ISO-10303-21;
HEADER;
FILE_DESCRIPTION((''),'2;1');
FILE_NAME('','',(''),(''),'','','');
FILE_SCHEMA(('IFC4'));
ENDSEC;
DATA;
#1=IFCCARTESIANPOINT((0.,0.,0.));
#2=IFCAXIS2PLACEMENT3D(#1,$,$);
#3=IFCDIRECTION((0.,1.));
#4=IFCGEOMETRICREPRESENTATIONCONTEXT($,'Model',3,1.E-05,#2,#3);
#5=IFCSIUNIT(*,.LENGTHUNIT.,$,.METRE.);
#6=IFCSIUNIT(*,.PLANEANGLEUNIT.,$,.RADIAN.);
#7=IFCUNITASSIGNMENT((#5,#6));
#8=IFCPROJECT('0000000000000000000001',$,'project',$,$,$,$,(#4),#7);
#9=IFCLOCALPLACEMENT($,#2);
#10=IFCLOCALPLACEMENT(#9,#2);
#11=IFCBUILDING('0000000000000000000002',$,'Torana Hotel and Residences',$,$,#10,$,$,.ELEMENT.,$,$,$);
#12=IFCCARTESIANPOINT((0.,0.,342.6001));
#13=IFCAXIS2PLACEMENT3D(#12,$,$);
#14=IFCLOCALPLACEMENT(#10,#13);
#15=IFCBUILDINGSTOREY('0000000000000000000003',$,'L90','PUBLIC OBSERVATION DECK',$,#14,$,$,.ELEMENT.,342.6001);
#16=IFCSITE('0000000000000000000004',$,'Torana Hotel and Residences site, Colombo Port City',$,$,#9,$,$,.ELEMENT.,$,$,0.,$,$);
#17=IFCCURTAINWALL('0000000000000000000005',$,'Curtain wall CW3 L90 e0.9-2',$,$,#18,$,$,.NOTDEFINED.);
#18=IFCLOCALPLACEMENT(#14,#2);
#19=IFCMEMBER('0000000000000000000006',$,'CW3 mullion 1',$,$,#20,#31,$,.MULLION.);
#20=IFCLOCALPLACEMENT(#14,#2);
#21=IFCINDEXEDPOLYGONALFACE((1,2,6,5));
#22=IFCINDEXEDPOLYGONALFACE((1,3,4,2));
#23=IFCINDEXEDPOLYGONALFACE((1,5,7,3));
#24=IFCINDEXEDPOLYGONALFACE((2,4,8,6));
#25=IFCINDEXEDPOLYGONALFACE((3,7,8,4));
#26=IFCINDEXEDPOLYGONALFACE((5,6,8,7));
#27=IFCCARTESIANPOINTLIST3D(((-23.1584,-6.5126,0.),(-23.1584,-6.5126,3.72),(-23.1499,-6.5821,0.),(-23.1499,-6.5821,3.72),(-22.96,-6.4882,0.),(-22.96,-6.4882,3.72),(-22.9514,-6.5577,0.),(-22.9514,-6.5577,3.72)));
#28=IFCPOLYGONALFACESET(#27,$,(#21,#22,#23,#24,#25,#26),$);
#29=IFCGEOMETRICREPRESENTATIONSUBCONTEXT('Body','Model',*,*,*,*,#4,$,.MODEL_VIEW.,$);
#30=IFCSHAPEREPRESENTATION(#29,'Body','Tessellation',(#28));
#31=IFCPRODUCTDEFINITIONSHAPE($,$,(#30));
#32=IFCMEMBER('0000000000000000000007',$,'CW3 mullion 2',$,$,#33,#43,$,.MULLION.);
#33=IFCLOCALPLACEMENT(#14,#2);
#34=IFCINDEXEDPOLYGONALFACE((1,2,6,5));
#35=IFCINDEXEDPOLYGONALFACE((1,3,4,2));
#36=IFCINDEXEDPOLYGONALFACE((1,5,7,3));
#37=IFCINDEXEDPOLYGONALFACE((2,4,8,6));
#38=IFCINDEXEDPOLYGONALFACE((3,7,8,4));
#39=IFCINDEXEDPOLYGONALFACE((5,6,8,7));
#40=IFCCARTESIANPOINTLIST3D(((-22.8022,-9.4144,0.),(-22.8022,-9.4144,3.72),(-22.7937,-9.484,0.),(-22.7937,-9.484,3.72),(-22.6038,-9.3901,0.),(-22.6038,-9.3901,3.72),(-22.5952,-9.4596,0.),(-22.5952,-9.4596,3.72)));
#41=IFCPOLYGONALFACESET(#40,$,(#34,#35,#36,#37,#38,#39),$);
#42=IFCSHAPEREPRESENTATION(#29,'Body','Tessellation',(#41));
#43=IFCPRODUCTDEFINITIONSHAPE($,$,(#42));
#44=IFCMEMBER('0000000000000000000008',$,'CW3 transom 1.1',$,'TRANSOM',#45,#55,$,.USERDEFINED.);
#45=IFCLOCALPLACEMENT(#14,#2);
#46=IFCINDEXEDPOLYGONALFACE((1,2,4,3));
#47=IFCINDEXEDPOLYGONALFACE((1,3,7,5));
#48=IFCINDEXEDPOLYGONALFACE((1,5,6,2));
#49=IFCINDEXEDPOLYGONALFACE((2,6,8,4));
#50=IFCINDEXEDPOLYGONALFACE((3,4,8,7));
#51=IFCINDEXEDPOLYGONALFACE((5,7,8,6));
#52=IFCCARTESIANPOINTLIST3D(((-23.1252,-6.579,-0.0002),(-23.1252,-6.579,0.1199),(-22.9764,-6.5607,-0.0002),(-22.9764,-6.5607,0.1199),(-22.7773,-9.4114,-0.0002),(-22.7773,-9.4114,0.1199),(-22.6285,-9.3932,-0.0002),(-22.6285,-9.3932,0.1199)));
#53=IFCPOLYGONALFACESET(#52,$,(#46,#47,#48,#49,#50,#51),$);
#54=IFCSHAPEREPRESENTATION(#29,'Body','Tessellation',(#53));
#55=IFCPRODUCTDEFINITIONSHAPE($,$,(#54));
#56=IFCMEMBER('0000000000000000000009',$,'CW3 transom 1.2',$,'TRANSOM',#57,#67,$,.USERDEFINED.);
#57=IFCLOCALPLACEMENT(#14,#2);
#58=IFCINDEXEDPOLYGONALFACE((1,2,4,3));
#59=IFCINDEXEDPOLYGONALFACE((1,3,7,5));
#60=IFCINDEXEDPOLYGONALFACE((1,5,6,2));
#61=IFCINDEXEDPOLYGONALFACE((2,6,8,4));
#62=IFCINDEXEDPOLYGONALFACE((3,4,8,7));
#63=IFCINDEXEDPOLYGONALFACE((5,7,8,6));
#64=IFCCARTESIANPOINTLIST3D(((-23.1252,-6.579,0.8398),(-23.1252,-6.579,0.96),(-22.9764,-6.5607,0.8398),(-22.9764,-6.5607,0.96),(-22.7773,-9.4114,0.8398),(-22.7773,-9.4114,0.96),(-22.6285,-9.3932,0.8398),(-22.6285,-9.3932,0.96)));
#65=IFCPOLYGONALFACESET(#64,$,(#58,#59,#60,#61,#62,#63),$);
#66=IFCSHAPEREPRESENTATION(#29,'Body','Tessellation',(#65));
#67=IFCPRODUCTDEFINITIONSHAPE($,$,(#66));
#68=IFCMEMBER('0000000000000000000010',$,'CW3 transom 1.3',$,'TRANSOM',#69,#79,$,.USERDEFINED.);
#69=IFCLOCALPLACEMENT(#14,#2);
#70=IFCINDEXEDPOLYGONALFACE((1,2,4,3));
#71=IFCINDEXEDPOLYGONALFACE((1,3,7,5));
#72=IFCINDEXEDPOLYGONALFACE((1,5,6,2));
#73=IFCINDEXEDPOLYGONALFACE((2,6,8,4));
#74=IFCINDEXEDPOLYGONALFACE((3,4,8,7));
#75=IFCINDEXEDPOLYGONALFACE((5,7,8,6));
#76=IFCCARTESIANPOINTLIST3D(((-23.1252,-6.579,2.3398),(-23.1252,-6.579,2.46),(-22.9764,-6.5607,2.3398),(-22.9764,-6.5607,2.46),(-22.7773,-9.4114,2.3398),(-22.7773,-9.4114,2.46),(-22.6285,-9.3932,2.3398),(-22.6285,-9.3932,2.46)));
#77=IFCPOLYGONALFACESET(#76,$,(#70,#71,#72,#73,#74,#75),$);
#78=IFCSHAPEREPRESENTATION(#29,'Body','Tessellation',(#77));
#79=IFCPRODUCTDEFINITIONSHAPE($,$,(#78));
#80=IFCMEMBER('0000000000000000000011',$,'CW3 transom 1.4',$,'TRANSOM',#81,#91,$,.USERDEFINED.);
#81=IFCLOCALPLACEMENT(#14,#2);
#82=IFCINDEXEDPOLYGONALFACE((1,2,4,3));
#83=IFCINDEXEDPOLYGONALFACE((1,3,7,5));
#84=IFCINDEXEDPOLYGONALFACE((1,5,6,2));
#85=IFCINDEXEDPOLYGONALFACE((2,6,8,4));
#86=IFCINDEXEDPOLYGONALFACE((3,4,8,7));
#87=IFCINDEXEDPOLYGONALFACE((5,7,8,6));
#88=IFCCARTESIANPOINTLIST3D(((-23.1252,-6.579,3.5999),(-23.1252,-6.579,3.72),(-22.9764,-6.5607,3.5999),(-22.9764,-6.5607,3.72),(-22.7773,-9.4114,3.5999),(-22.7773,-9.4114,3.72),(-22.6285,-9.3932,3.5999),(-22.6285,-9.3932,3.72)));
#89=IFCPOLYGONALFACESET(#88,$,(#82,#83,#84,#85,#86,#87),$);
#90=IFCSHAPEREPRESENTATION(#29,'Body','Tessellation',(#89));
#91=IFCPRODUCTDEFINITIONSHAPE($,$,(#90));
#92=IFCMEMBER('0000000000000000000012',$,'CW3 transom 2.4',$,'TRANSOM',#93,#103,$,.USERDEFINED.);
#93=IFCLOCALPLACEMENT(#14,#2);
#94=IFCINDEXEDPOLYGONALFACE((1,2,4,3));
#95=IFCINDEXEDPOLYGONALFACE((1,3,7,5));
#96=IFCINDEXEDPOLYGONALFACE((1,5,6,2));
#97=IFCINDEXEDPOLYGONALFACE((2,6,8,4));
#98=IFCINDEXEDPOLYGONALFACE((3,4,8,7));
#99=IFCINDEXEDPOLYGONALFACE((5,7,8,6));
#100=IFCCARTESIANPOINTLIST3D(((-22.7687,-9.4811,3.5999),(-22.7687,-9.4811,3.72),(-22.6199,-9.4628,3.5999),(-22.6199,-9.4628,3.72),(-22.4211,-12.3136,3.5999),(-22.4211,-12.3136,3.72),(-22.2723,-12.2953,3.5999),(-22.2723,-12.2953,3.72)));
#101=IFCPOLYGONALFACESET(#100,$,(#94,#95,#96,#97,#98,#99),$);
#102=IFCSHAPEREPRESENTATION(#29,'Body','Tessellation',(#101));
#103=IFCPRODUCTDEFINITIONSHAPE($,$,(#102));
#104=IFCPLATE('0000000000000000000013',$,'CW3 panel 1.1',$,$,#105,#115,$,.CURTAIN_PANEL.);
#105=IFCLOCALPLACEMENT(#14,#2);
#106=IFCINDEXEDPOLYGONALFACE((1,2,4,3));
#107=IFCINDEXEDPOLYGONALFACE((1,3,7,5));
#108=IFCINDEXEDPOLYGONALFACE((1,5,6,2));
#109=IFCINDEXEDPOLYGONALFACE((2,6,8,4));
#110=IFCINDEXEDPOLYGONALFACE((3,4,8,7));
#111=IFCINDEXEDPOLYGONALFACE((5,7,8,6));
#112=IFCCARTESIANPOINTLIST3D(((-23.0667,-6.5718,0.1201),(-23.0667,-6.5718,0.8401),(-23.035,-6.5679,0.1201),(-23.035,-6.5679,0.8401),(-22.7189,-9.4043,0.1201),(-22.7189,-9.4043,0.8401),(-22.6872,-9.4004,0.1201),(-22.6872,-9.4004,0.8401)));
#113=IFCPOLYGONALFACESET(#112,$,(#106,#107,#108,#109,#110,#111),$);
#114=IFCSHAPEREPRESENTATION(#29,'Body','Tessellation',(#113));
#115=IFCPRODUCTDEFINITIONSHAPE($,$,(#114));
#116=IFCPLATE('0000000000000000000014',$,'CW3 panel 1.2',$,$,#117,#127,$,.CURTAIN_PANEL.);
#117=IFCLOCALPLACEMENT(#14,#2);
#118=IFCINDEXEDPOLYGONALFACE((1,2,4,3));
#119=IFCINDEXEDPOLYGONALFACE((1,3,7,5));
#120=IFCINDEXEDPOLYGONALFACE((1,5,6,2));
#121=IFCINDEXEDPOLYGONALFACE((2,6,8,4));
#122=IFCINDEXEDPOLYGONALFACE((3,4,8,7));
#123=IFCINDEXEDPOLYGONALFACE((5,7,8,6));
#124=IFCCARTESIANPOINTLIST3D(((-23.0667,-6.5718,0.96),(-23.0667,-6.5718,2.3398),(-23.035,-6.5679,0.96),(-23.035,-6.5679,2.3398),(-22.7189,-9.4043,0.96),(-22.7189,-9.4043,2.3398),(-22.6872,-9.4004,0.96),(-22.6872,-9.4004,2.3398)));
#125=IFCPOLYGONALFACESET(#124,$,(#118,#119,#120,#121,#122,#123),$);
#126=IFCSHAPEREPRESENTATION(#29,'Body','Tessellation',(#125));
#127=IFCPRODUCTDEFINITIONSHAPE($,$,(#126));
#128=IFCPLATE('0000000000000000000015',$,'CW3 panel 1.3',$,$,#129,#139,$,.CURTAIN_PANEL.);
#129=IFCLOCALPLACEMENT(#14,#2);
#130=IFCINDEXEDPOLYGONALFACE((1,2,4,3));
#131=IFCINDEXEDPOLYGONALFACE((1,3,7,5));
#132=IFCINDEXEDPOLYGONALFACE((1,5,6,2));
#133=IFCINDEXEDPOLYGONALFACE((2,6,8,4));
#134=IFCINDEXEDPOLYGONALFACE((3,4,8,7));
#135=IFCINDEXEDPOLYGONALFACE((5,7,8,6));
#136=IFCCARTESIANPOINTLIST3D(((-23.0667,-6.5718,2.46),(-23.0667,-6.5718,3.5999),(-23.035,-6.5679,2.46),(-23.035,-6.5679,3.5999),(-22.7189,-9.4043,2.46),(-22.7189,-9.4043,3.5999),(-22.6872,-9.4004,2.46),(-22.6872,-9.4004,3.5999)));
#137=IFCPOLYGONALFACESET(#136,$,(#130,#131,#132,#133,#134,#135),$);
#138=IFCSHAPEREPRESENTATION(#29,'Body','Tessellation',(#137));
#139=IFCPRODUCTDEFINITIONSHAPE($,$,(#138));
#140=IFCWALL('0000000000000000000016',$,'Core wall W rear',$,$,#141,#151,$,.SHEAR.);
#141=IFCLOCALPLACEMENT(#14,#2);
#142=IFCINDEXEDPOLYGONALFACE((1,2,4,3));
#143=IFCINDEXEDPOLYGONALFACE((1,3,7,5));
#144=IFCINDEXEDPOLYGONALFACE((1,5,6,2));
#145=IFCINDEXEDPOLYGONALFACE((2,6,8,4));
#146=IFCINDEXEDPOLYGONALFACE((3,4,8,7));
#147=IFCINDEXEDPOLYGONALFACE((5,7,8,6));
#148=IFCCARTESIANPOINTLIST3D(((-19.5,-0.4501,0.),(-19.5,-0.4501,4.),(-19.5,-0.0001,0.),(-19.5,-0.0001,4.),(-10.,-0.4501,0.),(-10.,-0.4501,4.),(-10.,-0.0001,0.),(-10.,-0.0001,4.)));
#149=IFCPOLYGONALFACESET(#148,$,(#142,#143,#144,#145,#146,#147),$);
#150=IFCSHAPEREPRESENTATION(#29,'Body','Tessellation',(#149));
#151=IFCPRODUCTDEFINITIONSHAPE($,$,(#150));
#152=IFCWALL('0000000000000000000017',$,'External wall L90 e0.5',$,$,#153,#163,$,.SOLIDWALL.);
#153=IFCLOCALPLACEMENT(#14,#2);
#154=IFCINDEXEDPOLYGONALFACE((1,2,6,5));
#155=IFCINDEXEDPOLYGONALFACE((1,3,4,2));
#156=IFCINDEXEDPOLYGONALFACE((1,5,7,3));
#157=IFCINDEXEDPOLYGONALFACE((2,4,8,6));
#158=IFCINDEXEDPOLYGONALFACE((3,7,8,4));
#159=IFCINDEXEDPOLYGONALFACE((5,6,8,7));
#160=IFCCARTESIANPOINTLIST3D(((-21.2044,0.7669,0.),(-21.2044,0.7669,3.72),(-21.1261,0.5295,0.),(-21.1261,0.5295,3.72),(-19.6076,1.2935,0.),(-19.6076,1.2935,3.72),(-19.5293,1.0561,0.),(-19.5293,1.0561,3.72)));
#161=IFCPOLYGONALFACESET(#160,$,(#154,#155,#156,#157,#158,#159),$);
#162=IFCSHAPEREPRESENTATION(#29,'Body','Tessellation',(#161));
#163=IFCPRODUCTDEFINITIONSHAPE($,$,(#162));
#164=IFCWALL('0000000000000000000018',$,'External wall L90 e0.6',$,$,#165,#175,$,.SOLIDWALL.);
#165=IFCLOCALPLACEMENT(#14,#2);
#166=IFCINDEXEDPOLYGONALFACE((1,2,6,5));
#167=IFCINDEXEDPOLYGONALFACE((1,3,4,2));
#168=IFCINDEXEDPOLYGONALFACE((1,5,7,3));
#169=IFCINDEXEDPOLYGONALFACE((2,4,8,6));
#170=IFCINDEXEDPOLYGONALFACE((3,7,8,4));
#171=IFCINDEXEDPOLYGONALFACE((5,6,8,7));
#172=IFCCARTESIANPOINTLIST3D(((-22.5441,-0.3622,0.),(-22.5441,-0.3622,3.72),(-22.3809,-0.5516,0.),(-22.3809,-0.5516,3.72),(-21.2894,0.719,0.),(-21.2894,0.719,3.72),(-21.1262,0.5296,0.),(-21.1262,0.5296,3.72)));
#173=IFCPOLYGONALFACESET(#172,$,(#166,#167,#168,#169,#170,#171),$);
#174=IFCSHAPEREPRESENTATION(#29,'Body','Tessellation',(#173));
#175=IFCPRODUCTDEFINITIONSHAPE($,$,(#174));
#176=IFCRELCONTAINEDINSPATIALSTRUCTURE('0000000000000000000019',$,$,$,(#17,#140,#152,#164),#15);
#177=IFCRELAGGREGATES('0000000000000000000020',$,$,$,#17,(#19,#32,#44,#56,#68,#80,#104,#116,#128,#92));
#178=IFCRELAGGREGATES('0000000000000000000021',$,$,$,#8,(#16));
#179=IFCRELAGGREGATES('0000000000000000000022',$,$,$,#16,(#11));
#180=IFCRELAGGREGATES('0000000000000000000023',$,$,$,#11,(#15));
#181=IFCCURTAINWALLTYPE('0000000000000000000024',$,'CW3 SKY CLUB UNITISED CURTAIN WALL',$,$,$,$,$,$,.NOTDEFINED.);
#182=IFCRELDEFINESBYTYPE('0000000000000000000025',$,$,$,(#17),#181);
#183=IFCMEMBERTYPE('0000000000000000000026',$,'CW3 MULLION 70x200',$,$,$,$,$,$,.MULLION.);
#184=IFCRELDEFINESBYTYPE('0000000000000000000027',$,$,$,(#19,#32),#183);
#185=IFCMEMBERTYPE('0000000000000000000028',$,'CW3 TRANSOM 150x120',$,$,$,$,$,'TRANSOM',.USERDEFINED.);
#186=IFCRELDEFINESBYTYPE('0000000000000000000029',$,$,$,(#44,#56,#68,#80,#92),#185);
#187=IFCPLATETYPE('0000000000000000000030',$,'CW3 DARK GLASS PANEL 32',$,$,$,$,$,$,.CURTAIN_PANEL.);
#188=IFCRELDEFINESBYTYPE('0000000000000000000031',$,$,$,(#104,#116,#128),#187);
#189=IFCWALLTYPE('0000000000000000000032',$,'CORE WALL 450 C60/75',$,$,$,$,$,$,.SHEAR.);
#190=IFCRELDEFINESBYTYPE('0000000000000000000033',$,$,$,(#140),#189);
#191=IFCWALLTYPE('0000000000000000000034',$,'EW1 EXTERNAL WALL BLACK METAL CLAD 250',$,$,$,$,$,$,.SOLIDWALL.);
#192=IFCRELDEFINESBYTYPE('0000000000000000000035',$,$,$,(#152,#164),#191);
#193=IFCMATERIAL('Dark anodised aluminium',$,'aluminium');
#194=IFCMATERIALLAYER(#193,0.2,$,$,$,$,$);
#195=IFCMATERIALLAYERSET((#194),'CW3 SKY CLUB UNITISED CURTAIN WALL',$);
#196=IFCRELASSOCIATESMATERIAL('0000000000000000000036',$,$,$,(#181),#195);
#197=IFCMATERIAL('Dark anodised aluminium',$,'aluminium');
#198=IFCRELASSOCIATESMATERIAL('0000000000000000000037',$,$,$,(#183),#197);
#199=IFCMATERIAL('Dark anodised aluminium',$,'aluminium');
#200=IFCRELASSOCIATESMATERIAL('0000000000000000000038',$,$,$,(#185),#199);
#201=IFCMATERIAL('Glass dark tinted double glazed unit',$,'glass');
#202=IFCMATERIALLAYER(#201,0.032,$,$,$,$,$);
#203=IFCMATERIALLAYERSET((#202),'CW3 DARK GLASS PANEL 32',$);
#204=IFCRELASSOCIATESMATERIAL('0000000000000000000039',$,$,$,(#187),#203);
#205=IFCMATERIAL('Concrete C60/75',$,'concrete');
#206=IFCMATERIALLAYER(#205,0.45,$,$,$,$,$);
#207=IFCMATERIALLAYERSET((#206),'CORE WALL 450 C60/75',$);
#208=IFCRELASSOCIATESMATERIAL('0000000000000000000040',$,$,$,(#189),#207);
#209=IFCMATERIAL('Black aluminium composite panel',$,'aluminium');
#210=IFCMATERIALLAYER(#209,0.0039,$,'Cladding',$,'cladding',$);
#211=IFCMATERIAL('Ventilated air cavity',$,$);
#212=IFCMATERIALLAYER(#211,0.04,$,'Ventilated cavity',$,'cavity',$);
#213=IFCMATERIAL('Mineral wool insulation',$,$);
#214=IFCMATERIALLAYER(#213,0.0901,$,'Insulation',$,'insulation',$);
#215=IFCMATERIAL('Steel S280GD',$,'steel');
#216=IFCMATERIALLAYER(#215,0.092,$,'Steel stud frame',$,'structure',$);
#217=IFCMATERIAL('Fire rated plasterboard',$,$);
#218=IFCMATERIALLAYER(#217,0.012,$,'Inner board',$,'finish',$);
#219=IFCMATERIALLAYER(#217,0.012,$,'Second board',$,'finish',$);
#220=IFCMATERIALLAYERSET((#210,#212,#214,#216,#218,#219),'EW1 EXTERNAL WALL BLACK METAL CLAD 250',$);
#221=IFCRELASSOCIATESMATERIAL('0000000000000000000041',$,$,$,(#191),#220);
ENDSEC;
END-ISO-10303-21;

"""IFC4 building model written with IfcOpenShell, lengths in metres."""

from ifc_helpers import new_model, si_unit, direction, frame, frame_2d, origin, origin_2d, place, context, subcontext, project, spatial, rectangle, extrude, material, layer, layer_set, material_profile, profile_set, type_object, element, aggregate, save


model = new_model("IFC4")

# Units and contexts
model_context = context("Model", 3, precision=1e-05, world=origin(), true_north=direction((0.0, 1.0)))
body_context = subcontext(model_context, "Body", "Model", "MODEL_VIEW")
ifc_project = project(units=[si_unit("LENGTHUNIT", "METRE"), si_unit("PLANEANGLEUNIT", "RADIAN")], contexts=[model_context])

# Site, building, storey
site_placement = place(None, origin())
site = spatial("IfcSite", under=ifc_project, at=site_placement, Name="Torana Hotel and Residences site, Colombo Port City", CompositionType="ELEMENT", RefElevation=0.0)
building_placement = place(site_placement, origin())
building = spatial("IfcBuilding", under=site, at=building_placement, Name="Torana Hotel and Residences", CompositionType="ELEMENT")
storey_placement = place(building_placement, frame((0.0, 0.0, 342.6001)))
storey = spatial("IfcBuildingStorey", under=building, at=storey_placement, Name="L90", Description="PUBLIC OBSERVATION DECK", CompositionType="ELEMENT", Elevation=342.6001)

# Curtain wall, members, plates
ifc_material_1 = material(Name="Dark anodised aluminium", Category="aluminium")
ifc_layer_1 = layer(ifc_material_1, 0.2)
ifc_layer_set_1 = layer_set([ifc_layer_1], Name="CW3 SKY CLUB UNITISED CURTAIN WALL")
curtain_wall_type = type_object("IfcCurtainWallType", Name="CW3 SKY CLUB UNITISED CURTAIN WALL", PredefinedType="NOTDEFINED", material=ifc_layer_set_1)
curtain_wall_placement = place(storey_placement, origin())
curtain_wall = element("IfcCurtainWall", 1, at=curtain_wall_placement, inside=storey, type_object=curtain_wall_type, Name="Curtain wall CW3 L90 e0.9-2", PredefinedType="NOTDEFINED")
ifc_material_2 = material(Name="Dark anodised aluminium", Category="aluminium")
ifc_material_profile_1 = material_profile(ifc_material_2, rectangle(XDim=0.2, YDim=0.0701, at=origin_2d()), Name="CW3 MULLION 70x200")
ifc_profile_set_1 = profile_set([ifc_material_profile_1], Name="Dark anodised aluminium")
member_type_1 = type_object("IfcMemberType", Name="CW3 MULLION 70x200", PredefinedType="MULLION", material=ifc_profile_set_1)
member_1_placement = place(storey_placement, frame((-23.0549, -6.5352, 0.0), z_axis=(0.0, 0.0, 1.0), x_axis=(0.992545, 0.121876, 0.0)))
member_1 = element("IfcMember", 2, at=member_1_placement, type_object=member_type_1, Name="CW3 mullion 1", PredefinedType="MULLION", context=body_context, shape_type="SweptSolid", body=[
    extrude(rectangle(XDim=0.2, YDim=0.0701, at=origin_2d()), origin(), (0.0, 0.0, 1.0), 3.72),
])
member_2_placement = place(storey_placement, frame((-22.6987, -9.437, 0.0), z_axis=(0.0, 0.0, 1.0), x_axis=(0.992545, 0.121876, 0.0)))
member_2 = element("IfcMember", 3, at=member_2_placement, type_object=member_type_1, Name="CW3 mullion 2", PredefinedType="MULLION", context=body_context, shape_type="SweptSolid", body=[
    extrude(rectangle(XDim=0.2, YDim=0.0701, at=origin_2d()), origin(), (0.0, 0.0, 1.0), 3.72),
])
ifc_material_3 = material(Name="Dark anodised aluminium", Category="aluminium")
ifc_material_profile_2 = material_profile(ifc_material_3, rectangle(XDim=0.1499, YDim=0.1201, at=origin_2d()), Name="CW3 TRANSOM 150x120")
ifc_profile_set_2 = profile_set([ifc_material_profile_2], Name="Dark anodised aluminium")
member_type_2 = type_object("IfcMemberType", Name="CW3 TRANSOM 150x120", ElementType="TRANSOM", PredefinedType="USERDEFINED", material=ifc_profile_set_2)
member_3_placement = place(storey_placement, frame((-23.0508, -6.5698, 0.0598), z_axis=(0.121908, -0.992541, 0.0), x_axis=(0.992541, 0.121908, 0.0)))
member_3 = element("IfcMember", 4, at=member_3_placement, type_object=member_type_2, Name="CW3 transom 1.1", ObjectType="TRANSOM", PredefinedType="USERDEFINED", context=body_context, shape_type="SweptSolid", body=[
    extrude(rectangle(XDim=0.1499, YDim=0.1201, at=origin_2d()), origin(), (0.0, 0.0, 1.0), 2.8538),
])
member_4_placement = place(storey_placement, frame((-23.0508, -6.5698, 0.8999), z_axis=(0.121908, -0.992541, 0.0), x_axis=(0.992541, 0.121908, 0.0)))
member_4 = element("IfcMember", 5, at=member_4_placement, type_object=member_type_2, Name="CW3 transom 1.2", ObjectType="TRANSOM", PredefinedType="USERDEFINED", context=body_context, shape_type="SweptSolid", body=[
    extrude(rectangle(XDim=0.1499, YDim=0.1201, at=origin_2d()), origin(), (0.0, 0.0, 1.0), 2.8538),
])
member_5_placement = place(storey_placement, frame((-23.0508, -6.5698, 2.3999), z_axis=(0.121908, -0.992541, 0.0), x_axis=(0.992541, 0.121908, 0.0)))
member_5 = element("IfcMember", 6, at=member_5_placement, type_object=member_type_2, Name="CW3 transom 1.3", ObjectType="TRANSOM", PredefinedType="USERDEFINED", context=body_context, shape_type="SweptSolid", body=[
    extrude(rectangle(XDim=0.1499, YDim=0.1201, at=origin_2d()), origin(), (0.0, 0.0, 1.0), 2.8538),
])
member_6_placement = place(storey_placement, frame((-23.0508, -6.5698, 3.6599), z_axis=(0.121908, -0.992541, 0.0), x_axis=(0.992541, 0.121908, 0.0)))
member_6 = element("IfcMember", 7, at=member_6_placement, type_object=member_type_2, Name="CW3 transom 1.4", ObjectType="TRANSOM", PredefinedType="USERDEFINED", context=body_context, shape_type="SweptSolid", body=[
    extrude(rectangle(XDim=0.1499, YDim=0.1201, at=origin_2d()), origin(), (0.0, 0.0, 1.0), 2.8538),
])
member_7_placement = place(storey_placement, frame((-22.6943, -9.4719, 3.6599), z_axis=(0.121823, -0.992552, 0.0), x_axis=(0.992552, 0.121823, 0.0)))
member_7 = element("IfcMember", 8, at=member_7_placement, type_object=member_type_2, Name="CW3 transom 2.4", ObjectType="TRANSOM", PredefinedType="USERDEFINED", context=body_context, shape_type="SweptSolid", body=[
    extrude(rectangle(XDim=0.1499, YDim=0.1201, at=origin_2d()), origin(), (0.0, 0.0, 1.0), 2.8538),
])
ifc_material_4 = material(Name="Glass dark tinted double glazed unit", Category="glass")
ifc_layer_2 = layer(ifc_material_4, 0.032)
ifc_layer_set_2 = layer_set([ifc_layer_2], Name="CW3 DARK GLASS PANEL 32")
plate_type = type_object("IfcPlateType", Name="CW3 DARK GLASS PANEL 32", PredefinedType="CURTAIN_PANEL", material=ifc_layer_set_2)
plate_1_placement = place(storey_placement, frame((-22.877, -7.9861, 0.1201), z_axis=(0.0, 0.0, 1.0), x_axis=(0.121876, -0.992545, 0.0)))
plate_1 = element("IfcPlate", 9, at=plate_1_placement, type_object=plate_type, Name="CW3 panel 1.1", PredefinedType="CURTAIN_PANEL", context=body_context, shape_type="SweptSolid", body=[
    extrude(rectangle(XDim=2.8538, YDim=0.032, at=origin_2d()), origin(), (0.0, 0.0, 1.0), 0.72),
])
plate_2_placement = place(storey_placement, frame((-22.877, -7.9861, 0.96), z_axis=(0.0, 0.0, 1.0), x_axis=(0.121876, -0.992545, 0.0)))
plate_2 = element("IfcPlate", 10, at=plate_2_placement, type_object=plate_type, Name="CW3 panel 1.2", PredefinedType="CURTAIN_PANEL", context=body_context, shape_type="SweptSolid", body=[
    extrude(rectangle(XDim=2.8538, YDim=0.032, at=origin_2d()), origin(), (0.0, 0.0, 1.0), 1.3799),
])
plate_3_placement = place(storey_placement, frame((-22.877, -7.9861, 2.46), z_axis=(0.0, 0.0, 1.0), x_axis=(0.121876, -0.992545, 0.0)))
plate_3 = element("IfcPlate", 11, at=plate_3_placement, type_object=plate_type, Name="CW3 panel 1.3", PredefinedType="CURTAIN_PANEL", context=body_context, shape_type="SweptSolid", body=[
    extrude(rectangle(XDim=2.8538, YDim=0.032, at=origin_2d()), origin(), (0.0, 0.0, 1.0), 1.1399),
])
aggregate(curtain_wall, [member_1, member_2, member_3, member_4, member_5, member_6, plate_1, plate_2, plate_3, member_7])

# Walls
ifc_material_5 = material(Name="Concrete C60/75", Category="concrete")
ifc_layer_3 = layer(ifc_material_5, 0.45)
ifc_layer_set_3 = layer_set([ifc_layer_3], Name="CORE WALL 450 C60/75")
wall_type_1 = type_object("IfcWallType", Name="CORE WALL 450 C60/75", PredefinedType="SHEAR", material=ifc_layer_set_3)
wall_1_placement = place(storey_placement, frame((-19.5, -0.2251, 0.0), z_axis=(0.0, 0.0, 1.0), x_axis=(1.0, 0.0, 0.0)))
element("IfcWall", 12, at=wall_1_placement, inside=storey, type_object=wall_type_1, Name="Core wall W rear", PredefinedType="SHEAR", context=body_context, shape_type="SweptSolid", body=[
    extrude(rectangle(XDim=9.5, YDim=0.45, at=frame_2d((4.75, 0.0))), origin(), (0.0, 0.0, 1.0), 4.0),
])
ifc_material_6 = material(Name="Black aluminium composite panel", Category="aluminium")
ifc_layer_4 = layer(ifc_material_6, 0.0039, Name="Cladding", Category="cladding")
ifc_material_7 = material(Name="Ventilated air cavity")
ifc_layer_5 = layer(ifc_material_7, 0.04, Name="Ventilated cavity", Category="cavity")
ifc_material_8 = material(Name="Mineral wool insulation")
ifc_layer_6 = layer(ifc_material_8, 0.0901, Name="Insulation", Category="insulation")
ifc_material_9 = material(Name="Steel S280GD", Category="steel")
ifc_layer_7 = layer(ifc_material_9, 0.092, Name="Steel stud frame", Category="structure")
ifc_material_10 = material(Name="Fire rated plasterboard")
ifc_layer_8 = layer(ifc_material_10, 0.012, Name="Inner board", Category="finish")
ifc_layer_9 = layer(ifc_material_10, 0.012, Name="Second board", Category="finish")
ifc_layer_set_4 = layer_set([ifc_layer_4, ifc_layer_5, ifc_layer_6, ifc_layer_7, ifc_layer_8, ifc_layer_9], Name="EW1 EXTERNAL WALL BLACK METAL CLAD 250")
wall_type_2 = type_object("IfcWallType", Name="EW1 EXTERNAL WALL BLACK METAL CLAD 250", PredefinedType="SOLIDWALL", material=ifc_layer_set_4)
wall_2_placement = place(storey_placement, frame((-19.5684, 1.1748, 0.0), z_axis=(0.0, 0.0, 1.0), x_axis=(-0.949695, -0.313177, 0.0)))
element("IfcWall", 13, at=wall_2_placement, inside=storey, type_object=wall_type_2, Name="External wall L90 e0.5", PredefinedType="SOLIDWALL", context=body_context, shape_type="SweptSolid", body=[
    extrude(rectangle(XDim=1.6814, YDim=0.25, at=frame_2d((0.8408, 0.0))), origin(), (0.0, 0.0, 1.0), 3.72),
])
wall_3_placement = place(storey_placement, frame((-21.2078, 0.6243, 0.0), z_axis=(0.0, 0.0, 1.0), x_axis=(-0.757568, -0.652756, 0.0)))
element("IfcWall", 14, at=wall_3_placement, inside=storey, type_object=wall_type_2, Name="External wall L90 e0.6", PredefinedType="SOLIDWALL", context=body_context, shape_type="SweptSolid", body=[
    extrude(rectangle(XDim=1.6562, YDim=0.25, at=frame_2d((0.8281, 0.0))), origin(), (0.0, 0.0, 1.0), 3.72),
])

save(model, "model.ifc")
